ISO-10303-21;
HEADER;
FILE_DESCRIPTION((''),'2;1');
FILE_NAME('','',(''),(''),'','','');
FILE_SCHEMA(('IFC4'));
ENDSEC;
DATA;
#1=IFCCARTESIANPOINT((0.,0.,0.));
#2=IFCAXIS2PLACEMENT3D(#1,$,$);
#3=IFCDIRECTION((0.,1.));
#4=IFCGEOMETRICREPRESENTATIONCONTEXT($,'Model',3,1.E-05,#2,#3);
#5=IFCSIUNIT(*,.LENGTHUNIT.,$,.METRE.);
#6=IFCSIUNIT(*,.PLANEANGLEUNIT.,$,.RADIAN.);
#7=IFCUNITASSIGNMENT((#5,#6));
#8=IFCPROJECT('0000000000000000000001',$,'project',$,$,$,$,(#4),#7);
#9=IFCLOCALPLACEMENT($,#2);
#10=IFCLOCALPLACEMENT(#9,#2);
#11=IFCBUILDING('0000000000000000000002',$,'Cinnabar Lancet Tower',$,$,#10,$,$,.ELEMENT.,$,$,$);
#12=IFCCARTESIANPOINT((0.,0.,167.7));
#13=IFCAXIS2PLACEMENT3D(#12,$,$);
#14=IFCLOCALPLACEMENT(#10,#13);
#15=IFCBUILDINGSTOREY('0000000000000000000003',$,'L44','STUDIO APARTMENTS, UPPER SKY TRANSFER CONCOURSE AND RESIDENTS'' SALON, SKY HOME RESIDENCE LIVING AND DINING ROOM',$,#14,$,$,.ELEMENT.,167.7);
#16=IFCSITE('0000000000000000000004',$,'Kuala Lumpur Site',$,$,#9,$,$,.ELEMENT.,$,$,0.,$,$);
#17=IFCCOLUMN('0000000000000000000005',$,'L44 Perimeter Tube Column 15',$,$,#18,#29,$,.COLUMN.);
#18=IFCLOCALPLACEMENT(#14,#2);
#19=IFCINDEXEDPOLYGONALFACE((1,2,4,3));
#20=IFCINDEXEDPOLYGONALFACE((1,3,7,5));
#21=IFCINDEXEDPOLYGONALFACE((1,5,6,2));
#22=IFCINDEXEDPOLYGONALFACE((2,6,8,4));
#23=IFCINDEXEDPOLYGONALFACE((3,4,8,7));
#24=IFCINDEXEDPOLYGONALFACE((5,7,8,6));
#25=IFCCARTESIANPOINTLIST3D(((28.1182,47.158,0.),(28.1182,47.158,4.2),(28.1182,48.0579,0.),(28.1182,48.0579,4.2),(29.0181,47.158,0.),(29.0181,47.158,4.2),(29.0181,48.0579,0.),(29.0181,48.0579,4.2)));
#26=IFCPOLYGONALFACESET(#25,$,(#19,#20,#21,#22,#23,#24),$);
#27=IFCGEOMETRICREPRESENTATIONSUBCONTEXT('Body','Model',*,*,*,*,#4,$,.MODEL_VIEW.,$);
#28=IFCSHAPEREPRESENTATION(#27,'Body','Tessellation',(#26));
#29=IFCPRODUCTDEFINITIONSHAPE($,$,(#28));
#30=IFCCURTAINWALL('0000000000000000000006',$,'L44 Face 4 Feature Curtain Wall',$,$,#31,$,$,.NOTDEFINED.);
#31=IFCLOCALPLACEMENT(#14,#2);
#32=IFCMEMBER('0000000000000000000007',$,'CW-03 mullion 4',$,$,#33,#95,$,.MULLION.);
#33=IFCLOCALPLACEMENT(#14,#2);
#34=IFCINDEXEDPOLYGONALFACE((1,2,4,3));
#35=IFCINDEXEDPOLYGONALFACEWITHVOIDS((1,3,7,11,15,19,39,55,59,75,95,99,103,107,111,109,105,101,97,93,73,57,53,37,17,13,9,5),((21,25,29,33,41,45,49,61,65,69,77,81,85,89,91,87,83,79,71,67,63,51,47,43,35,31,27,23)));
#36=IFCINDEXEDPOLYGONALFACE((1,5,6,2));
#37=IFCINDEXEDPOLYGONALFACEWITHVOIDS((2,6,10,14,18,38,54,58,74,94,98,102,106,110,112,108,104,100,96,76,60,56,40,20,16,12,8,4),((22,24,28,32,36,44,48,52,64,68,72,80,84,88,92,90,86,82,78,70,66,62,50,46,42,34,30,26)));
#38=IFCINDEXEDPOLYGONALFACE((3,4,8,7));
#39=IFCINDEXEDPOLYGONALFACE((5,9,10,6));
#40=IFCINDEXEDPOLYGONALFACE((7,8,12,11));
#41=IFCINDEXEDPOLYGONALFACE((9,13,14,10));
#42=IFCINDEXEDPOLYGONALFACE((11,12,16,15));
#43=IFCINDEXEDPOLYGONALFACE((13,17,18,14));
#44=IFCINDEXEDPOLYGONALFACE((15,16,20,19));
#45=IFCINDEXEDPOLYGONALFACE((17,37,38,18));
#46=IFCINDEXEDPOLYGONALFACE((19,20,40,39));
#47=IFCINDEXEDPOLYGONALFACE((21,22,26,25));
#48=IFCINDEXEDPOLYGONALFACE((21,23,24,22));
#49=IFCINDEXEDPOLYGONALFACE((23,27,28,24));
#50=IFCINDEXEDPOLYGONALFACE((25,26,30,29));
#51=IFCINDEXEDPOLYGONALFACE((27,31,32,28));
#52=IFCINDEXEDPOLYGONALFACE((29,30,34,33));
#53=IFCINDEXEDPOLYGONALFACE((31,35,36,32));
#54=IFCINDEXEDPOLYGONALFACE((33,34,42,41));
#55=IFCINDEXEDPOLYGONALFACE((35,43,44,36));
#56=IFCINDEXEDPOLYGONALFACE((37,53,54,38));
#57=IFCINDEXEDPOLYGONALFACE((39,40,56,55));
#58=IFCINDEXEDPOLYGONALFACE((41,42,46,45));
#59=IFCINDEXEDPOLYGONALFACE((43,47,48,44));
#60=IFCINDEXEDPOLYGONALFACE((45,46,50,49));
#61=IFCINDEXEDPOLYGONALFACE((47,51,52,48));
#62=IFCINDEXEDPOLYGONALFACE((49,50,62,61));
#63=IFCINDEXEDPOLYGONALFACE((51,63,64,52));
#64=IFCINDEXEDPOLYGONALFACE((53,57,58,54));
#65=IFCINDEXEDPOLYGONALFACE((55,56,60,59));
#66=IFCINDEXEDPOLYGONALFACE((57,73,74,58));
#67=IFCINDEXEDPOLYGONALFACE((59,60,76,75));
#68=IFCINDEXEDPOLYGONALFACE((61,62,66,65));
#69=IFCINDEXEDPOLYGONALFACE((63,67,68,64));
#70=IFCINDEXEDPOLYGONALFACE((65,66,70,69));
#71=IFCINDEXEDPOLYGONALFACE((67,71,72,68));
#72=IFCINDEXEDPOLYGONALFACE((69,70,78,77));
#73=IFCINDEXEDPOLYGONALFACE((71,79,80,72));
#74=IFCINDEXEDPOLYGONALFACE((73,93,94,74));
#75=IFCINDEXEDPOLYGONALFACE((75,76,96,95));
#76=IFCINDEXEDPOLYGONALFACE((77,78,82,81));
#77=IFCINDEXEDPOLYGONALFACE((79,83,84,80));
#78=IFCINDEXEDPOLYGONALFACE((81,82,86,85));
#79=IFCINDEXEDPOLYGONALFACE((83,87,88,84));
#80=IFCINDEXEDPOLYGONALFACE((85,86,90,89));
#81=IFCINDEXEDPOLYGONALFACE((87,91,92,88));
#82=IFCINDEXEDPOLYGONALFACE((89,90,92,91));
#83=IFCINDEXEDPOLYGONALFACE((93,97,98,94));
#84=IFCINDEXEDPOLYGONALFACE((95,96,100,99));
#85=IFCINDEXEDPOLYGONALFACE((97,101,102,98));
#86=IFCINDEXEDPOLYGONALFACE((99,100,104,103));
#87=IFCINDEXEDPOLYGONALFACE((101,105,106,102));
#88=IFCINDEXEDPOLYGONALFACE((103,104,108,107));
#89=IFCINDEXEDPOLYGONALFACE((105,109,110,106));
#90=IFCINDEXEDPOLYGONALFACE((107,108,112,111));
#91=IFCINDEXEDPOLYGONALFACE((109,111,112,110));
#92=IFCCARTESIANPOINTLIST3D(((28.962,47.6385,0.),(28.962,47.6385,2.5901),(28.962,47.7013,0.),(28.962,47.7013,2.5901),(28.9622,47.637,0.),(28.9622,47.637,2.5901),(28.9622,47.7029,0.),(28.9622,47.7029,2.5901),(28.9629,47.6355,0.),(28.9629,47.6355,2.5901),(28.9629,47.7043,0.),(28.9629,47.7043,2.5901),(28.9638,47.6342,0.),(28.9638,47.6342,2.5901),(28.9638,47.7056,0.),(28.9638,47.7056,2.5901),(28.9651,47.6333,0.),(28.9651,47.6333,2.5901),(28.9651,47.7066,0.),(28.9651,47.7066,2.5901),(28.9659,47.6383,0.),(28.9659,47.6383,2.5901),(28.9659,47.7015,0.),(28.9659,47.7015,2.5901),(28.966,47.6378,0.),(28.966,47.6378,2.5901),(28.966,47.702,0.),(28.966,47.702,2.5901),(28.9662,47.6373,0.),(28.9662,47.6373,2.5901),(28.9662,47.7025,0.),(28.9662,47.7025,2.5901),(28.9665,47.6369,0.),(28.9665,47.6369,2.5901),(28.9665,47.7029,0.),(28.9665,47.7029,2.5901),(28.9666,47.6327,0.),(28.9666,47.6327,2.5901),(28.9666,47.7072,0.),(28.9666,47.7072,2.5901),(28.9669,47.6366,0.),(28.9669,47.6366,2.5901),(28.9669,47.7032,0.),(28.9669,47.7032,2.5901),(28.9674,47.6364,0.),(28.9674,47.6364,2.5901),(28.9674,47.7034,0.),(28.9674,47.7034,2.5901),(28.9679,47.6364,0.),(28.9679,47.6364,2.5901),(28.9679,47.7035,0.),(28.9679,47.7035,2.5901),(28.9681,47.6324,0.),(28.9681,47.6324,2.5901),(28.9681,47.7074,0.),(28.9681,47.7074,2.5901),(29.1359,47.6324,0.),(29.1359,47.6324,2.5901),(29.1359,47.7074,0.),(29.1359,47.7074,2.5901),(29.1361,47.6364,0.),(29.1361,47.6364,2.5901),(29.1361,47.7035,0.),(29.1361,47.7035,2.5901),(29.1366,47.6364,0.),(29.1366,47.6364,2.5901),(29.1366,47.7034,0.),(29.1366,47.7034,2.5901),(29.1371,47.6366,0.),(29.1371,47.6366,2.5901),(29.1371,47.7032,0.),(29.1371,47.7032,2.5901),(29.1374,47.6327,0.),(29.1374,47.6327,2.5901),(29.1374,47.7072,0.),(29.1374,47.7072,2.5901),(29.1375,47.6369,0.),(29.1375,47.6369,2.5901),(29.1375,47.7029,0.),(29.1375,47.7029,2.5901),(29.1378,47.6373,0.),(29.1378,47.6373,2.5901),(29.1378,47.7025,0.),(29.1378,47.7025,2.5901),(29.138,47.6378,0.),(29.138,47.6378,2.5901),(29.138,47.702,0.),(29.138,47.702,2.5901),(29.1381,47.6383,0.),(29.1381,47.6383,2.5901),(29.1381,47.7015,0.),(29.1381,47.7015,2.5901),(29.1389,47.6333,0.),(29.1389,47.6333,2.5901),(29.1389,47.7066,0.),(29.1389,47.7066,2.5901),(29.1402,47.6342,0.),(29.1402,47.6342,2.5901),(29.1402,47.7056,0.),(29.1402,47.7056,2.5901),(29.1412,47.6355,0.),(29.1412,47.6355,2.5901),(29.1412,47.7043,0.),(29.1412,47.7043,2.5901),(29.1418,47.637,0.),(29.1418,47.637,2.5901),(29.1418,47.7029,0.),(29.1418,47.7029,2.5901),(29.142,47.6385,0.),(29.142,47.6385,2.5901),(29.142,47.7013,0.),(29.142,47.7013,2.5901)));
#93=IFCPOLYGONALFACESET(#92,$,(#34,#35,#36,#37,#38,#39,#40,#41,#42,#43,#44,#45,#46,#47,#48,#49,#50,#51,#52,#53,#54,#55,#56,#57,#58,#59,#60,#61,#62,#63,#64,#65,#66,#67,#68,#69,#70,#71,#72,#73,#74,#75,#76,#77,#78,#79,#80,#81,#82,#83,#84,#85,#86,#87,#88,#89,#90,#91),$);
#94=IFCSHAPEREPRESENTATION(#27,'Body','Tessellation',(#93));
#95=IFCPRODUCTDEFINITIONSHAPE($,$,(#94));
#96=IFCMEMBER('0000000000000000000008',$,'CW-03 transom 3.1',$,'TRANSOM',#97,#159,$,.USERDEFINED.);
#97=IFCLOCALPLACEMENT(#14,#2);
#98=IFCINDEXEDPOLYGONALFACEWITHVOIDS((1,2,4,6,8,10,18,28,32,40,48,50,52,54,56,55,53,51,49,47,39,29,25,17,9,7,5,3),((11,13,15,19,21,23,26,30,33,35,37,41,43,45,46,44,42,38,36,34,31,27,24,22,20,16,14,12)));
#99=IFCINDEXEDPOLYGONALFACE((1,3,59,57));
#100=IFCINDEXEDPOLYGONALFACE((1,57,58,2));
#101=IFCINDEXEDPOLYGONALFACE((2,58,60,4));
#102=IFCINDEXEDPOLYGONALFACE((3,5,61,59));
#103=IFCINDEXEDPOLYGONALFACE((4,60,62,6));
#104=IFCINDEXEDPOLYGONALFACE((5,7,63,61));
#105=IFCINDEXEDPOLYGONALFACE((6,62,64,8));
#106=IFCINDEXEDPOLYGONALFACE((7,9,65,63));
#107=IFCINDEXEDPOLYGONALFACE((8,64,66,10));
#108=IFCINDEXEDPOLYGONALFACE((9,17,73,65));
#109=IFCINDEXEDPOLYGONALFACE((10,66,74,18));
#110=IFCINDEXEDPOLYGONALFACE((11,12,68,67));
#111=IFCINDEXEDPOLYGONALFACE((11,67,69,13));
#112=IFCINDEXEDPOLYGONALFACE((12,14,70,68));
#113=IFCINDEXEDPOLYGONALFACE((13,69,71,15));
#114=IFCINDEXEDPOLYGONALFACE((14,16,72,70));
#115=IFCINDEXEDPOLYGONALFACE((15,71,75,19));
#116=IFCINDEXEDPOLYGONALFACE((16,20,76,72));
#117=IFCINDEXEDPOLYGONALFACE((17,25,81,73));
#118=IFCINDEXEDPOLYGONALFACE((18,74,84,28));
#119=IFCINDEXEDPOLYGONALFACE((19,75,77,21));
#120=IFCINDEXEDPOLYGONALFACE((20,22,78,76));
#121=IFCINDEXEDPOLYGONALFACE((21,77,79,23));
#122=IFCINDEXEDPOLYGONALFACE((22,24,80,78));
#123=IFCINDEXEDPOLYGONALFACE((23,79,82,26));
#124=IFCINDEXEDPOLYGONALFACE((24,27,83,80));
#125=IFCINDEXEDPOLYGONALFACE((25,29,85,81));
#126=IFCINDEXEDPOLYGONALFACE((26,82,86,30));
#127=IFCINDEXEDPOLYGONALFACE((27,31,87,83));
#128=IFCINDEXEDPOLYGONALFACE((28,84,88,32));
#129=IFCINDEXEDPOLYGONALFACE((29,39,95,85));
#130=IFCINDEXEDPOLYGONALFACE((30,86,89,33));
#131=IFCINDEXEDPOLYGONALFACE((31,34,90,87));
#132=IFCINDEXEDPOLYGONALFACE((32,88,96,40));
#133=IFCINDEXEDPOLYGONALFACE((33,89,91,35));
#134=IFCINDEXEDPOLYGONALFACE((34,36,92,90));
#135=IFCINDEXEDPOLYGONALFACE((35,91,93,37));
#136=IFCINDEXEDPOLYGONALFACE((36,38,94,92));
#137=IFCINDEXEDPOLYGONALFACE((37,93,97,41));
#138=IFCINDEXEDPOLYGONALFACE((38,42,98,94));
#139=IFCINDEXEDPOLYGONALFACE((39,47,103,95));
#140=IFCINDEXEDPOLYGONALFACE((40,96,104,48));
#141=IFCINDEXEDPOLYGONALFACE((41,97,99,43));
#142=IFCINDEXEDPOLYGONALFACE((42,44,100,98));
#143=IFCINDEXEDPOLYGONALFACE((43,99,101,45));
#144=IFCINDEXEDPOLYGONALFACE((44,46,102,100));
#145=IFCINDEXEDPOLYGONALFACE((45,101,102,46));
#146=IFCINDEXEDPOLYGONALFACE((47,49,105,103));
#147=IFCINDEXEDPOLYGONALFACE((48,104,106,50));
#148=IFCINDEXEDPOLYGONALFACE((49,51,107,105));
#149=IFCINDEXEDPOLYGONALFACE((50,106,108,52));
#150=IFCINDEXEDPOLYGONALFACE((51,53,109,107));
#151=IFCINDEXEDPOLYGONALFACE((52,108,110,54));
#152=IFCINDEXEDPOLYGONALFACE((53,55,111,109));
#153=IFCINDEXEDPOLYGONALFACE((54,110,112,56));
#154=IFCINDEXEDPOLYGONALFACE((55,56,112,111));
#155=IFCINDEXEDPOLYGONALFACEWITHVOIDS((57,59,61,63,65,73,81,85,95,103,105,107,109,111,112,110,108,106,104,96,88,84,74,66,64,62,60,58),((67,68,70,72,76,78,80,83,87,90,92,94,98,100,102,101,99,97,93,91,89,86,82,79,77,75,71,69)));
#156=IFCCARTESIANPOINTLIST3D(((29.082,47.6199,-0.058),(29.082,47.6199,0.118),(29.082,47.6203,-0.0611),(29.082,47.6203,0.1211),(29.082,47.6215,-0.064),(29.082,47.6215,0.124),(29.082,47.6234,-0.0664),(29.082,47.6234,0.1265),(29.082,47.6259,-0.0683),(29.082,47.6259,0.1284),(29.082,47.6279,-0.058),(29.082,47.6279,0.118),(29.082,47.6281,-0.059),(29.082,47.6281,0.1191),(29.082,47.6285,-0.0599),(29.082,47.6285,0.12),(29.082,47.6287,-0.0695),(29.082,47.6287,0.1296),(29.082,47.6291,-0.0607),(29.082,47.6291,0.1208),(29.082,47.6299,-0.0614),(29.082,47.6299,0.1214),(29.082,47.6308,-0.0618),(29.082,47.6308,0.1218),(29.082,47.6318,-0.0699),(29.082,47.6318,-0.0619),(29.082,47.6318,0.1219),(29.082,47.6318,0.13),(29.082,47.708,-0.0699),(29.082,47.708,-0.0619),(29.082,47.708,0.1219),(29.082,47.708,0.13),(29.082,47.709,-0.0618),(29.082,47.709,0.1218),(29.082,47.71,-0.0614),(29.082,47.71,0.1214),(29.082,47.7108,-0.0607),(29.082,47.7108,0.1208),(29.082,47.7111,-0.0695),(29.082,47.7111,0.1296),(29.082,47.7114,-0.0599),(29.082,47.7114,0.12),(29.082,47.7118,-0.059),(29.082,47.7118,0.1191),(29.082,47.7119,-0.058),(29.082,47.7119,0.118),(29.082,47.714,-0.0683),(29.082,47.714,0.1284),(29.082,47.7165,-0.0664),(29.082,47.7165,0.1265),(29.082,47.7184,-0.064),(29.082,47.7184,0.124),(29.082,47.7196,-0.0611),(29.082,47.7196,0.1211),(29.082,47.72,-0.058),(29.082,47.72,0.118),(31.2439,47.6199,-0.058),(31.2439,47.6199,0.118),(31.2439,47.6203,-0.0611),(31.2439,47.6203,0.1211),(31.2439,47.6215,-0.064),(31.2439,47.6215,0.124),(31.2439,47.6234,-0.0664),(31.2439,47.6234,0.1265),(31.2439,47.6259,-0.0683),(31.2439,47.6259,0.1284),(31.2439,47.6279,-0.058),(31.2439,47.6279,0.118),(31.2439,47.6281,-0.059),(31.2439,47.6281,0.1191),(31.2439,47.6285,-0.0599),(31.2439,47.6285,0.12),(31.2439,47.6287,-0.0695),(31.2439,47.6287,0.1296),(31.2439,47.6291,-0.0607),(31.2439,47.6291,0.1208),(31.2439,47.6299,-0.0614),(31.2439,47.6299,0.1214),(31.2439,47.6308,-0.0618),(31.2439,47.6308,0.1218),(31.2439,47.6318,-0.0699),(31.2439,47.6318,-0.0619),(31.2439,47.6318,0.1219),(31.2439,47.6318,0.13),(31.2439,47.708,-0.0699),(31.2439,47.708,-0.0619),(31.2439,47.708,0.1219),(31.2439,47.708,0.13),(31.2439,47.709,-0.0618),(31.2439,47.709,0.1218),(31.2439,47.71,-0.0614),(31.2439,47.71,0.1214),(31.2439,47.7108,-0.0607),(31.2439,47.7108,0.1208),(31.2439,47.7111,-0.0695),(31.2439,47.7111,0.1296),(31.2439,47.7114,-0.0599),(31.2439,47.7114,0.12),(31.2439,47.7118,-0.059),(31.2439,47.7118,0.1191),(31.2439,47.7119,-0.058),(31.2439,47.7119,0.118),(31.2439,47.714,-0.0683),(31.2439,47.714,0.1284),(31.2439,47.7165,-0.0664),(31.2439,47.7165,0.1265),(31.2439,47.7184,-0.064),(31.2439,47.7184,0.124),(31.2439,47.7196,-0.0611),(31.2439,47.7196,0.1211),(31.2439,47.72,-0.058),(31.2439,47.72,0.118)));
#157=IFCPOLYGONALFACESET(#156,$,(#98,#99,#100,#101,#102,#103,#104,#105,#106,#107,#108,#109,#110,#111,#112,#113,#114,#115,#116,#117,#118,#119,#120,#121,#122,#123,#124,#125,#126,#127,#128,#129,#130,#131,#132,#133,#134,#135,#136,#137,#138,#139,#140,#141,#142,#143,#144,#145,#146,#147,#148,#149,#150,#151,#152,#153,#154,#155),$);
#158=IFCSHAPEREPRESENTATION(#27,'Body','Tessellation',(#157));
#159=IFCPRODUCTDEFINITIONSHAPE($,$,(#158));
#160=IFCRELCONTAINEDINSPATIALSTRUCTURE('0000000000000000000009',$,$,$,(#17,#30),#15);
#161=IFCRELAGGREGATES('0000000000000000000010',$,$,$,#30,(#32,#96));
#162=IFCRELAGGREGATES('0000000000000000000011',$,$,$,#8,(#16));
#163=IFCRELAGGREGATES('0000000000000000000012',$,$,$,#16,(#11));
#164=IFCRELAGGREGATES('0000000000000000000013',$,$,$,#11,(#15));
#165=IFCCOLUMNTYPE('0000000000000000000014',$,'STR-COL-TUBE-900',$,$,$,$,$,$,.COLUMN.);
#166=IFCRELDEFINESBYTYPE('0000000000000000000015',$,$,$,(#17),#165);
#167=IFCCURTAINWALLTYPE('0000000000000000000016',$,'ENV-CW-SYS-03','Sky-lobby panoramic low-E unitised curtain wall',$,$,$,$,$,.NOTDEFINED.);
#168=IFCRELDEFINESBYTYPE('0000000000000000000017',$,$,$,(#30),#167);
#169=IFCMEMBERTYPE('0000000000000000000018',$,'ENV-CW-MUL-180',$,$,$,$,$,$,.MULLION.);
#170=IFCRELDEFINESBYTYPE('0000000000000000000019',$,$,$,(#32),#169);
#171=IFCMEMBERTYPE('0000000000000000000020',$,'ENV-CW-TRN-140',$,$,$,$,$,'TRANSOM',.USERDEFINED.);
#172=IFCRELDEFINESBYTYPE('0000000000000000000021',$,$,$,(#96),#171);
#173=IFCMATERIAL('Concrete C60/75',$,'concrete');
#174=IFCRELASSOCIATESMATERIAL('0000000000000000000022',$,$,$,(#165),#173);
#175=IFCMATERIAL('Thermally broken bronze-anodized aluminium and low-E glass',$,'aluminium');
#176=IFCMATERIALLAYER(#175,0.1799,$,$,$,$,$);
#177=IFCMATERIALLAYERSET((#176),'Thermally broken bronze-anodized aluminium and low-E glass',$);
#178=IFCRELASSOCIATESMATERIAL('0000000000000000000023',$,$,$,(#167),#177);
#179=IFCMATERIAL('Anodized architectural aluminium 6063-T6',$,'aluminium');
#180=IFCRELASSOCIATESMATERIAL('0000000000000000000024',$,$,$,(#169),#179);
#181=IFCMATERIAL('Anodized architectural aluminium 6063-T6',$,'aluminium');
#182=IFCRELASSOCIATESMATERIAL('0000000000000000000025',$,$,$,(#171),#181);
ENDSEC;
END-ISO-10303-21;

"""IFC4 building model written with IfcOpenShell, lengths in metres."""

from ifc_helpers import new_model, si_unit, direction, frame, origin, origin_2d, place, context, subcontext, project, spatial, rectangle, hollow_rectangle, extrude, material, layer, layer_set, material_profile, profile_set, type_object, element, aggregate, save


model = new_model("IFC4")

# Units and contexts
model_context = context("Model", 3, precision=1e-05, world=origin(), true_north=direction((0.0, 1.0)))
body_context = subcontext(model_context, "Body", "Model", "MODEL_VIEW")
ifc_project = project(units=[si_unit("LENGTHUNIT", "METRE"), si_unit("PLANEANGLEUNIT", "RADIAN")], contexts=[model_context])

# Site, building, storey
site_placement = place(None, origin())
site = spatial("IfcSite", under=ifc_project, at=site_placement, Name="Kuala Lumpur Site", CompositionType="ELEMENT", RefElevation=0.0)
building_placement = place(site_placement, origin())
building = spatial("IfcBuilding", under=site, at=building_placement, Name="Cinnabar Lancet Tower", CompositionType="ELEMENT")
storey_placement = place(building_placement, frame((0.0, 0.0, 167.7)))
storey = spatial("IfcBuildingStorey", under=building, at=storey_placement, Name="L44", Description="STUDIO APARTMENTS, UPPER SKY TRANSFER CONCOURSE AND RESIDENTS' SALON, SKY HOME RESIDENCE LIVING AND DINING ROOM", CompositionType="ELEMENT", Elevation=167.7)

# Column
ifc_material_1 = material(Name="Concrete C60/75", Category="concrete")
ifc_material_profile_1 = material_profile(ifc_material_1, rectangle(XDim=0.8999, YDim=0.8999, at=origin_2d()), Name="RC-COL 900x900")
ifc_profile_set_1 = profile_set([ifc_material_profile_1], Name="Concrete C60/75")
column_type = type_object("IfcColumnType", Name="STR-COL-TUBE-900", PredefinedType="COLUMN", material=ifc_profile_set_1)
column_placement = place(storey_placement, frame((28.5681, 47.6079, 0.0), z_axis=(0.0, 0.0, 1.0), x_axis=(1.0, 0.0, 0.0)))
element("IfcColumn", 1, at=column_placement, inside=storey, type_object=column_type, Name="L44 Perimeter Tube Column 15", PredefinedType="COLUMN", context=body_context, shape_type="SweptSolid", body=[
    extrude(rectangle(XDim=0.8999, YDim=0.8999, at=origin_2d()), origin(), (0.0, 0.0, 1.0), 4.2),
])

# Curtain wall, members
ifc_material_2 = material(Name="Thermally broken bronze-anodized aluminium and low-E glass", Category="aluminium")
ifc_layer_1 = layer(ifc_material_2, 0.1799)
ifc_layer_set_1 = layer_set([ifc_layer_1], Name="Thermally broken bronze-anodized aluminium and low-E glass")
curtain_wall_type = type_object("IfcCurtainWallType", Name="ENV-CW-SYS-03", Description="Sky-lobby panoramic low-E unitised curtain wall", PredefinedType="NOTDEFINED", material=ifc_layer_set_1)
curtain_wall_placement = place(storey_placement, origin())
curtain_wall = element("IfcCurtainWall", 2, at=curtain_wall_placement, inside=storey, type_object=curtain_wall_type, Name="L44 Face 4 Feature Curtain Wall", PredefinedType="NOTDEFINED")
ifc_material_3 = material(Name="Anodized architectural aluminium 6063-T6", Category="aluminium")
ifc_material_profile_2 = material_profile(ifc_material_3, hollow_rectangle(XDim=0.075, YDim=0.1799, WallThickness=0.0039, InnerFilletRadius=0.002, OuterFilletRadius=0.0061, at=origin_2d()), Name="CW-MUL 180x75x4")
ifc_profile_set_2 = profile_set([ifc_material_profile_2], Name="Anodized architectural aluminium 6063-T6")
member_type_1 = type_object("IfcMemberType", Name="ENV-CW-MUL-180", PredefinedType="MULLION", material=ifc_profile_set_2)
member_1_placement = place(storey_placement, frame((29.052, 47.6699, 0.0), z_axis=(0.0, 0.0, 1.0), x_axis=(0.0, -1.0, 0.0)))
member_1 = element("IfcMember", 3, at=member_1_placement, type_object=member_type_1, Name="CW-03 mullion 4", PredefinedType="MULLION", context=body_context, shape_type="SweptSolid", body=[
    extrude(hollow_rectangle(XDim=0.075, YDim=0.1799, WallThickness=0.0039, InnerFilletRadius=0.002, OuterFilletRadius=0.0061, at=origin_2d()), origin(), (0.0, 0.0, 1.0), 2.5901),
])
ifc_material_4 = material(Name="Anodized architectural aluminium 6063-T6", Category="aluminium")
ifc_material_profile_3 = material_profile(ifc_material_4, hollow_rectangle(XDim=0.1001, YDim=0.2, WallThickness=0.0081, InnerFilletRadius=0.0039, OuterFilletRadius=0.012, at=origin_2d()), Name="RHS 200x100x8")
ifc_profile_set_3 = profile_set([ifc_material_profile_3], Name="Anodized architectural aluminium 6063-T6")
member_type_2 = type_object("IfcMemberType", Name="ENV-CW-TRN-140", ElementType="TRANSOM", PredefinedType="USERDEFINED", material=ifc_profile_set_3)
member_2_placement = place(storey_placement, frame((31.2439, 47.6699, 0.03), z_axis=(-1.0, 0.0, 0.0), x_axis=(0.0, -1.0, 0.0)))
member_2 = element("IfcMember", 4, at=member_2_placement, type_object=member_type_2, Name="CW-03 transom 3.1", ObjectType="TRANSOM", PredefinedType="USERDEFINED", context=body_context, shape_type="SweptSolid", body=[
    extrude(hollow_rectangle(XDim=0.1001, YDim=0.2, WallThickness=0.0081, InnerFilletRadius=0.0039, OuterFilletRadius=0.012, at=origin_2d()), origin(), (0.0, 0.0, 1.0), 2.1619),
])

aggregate(curtain_wall, [member_1, member_2])

save(model, "model.ifc")
